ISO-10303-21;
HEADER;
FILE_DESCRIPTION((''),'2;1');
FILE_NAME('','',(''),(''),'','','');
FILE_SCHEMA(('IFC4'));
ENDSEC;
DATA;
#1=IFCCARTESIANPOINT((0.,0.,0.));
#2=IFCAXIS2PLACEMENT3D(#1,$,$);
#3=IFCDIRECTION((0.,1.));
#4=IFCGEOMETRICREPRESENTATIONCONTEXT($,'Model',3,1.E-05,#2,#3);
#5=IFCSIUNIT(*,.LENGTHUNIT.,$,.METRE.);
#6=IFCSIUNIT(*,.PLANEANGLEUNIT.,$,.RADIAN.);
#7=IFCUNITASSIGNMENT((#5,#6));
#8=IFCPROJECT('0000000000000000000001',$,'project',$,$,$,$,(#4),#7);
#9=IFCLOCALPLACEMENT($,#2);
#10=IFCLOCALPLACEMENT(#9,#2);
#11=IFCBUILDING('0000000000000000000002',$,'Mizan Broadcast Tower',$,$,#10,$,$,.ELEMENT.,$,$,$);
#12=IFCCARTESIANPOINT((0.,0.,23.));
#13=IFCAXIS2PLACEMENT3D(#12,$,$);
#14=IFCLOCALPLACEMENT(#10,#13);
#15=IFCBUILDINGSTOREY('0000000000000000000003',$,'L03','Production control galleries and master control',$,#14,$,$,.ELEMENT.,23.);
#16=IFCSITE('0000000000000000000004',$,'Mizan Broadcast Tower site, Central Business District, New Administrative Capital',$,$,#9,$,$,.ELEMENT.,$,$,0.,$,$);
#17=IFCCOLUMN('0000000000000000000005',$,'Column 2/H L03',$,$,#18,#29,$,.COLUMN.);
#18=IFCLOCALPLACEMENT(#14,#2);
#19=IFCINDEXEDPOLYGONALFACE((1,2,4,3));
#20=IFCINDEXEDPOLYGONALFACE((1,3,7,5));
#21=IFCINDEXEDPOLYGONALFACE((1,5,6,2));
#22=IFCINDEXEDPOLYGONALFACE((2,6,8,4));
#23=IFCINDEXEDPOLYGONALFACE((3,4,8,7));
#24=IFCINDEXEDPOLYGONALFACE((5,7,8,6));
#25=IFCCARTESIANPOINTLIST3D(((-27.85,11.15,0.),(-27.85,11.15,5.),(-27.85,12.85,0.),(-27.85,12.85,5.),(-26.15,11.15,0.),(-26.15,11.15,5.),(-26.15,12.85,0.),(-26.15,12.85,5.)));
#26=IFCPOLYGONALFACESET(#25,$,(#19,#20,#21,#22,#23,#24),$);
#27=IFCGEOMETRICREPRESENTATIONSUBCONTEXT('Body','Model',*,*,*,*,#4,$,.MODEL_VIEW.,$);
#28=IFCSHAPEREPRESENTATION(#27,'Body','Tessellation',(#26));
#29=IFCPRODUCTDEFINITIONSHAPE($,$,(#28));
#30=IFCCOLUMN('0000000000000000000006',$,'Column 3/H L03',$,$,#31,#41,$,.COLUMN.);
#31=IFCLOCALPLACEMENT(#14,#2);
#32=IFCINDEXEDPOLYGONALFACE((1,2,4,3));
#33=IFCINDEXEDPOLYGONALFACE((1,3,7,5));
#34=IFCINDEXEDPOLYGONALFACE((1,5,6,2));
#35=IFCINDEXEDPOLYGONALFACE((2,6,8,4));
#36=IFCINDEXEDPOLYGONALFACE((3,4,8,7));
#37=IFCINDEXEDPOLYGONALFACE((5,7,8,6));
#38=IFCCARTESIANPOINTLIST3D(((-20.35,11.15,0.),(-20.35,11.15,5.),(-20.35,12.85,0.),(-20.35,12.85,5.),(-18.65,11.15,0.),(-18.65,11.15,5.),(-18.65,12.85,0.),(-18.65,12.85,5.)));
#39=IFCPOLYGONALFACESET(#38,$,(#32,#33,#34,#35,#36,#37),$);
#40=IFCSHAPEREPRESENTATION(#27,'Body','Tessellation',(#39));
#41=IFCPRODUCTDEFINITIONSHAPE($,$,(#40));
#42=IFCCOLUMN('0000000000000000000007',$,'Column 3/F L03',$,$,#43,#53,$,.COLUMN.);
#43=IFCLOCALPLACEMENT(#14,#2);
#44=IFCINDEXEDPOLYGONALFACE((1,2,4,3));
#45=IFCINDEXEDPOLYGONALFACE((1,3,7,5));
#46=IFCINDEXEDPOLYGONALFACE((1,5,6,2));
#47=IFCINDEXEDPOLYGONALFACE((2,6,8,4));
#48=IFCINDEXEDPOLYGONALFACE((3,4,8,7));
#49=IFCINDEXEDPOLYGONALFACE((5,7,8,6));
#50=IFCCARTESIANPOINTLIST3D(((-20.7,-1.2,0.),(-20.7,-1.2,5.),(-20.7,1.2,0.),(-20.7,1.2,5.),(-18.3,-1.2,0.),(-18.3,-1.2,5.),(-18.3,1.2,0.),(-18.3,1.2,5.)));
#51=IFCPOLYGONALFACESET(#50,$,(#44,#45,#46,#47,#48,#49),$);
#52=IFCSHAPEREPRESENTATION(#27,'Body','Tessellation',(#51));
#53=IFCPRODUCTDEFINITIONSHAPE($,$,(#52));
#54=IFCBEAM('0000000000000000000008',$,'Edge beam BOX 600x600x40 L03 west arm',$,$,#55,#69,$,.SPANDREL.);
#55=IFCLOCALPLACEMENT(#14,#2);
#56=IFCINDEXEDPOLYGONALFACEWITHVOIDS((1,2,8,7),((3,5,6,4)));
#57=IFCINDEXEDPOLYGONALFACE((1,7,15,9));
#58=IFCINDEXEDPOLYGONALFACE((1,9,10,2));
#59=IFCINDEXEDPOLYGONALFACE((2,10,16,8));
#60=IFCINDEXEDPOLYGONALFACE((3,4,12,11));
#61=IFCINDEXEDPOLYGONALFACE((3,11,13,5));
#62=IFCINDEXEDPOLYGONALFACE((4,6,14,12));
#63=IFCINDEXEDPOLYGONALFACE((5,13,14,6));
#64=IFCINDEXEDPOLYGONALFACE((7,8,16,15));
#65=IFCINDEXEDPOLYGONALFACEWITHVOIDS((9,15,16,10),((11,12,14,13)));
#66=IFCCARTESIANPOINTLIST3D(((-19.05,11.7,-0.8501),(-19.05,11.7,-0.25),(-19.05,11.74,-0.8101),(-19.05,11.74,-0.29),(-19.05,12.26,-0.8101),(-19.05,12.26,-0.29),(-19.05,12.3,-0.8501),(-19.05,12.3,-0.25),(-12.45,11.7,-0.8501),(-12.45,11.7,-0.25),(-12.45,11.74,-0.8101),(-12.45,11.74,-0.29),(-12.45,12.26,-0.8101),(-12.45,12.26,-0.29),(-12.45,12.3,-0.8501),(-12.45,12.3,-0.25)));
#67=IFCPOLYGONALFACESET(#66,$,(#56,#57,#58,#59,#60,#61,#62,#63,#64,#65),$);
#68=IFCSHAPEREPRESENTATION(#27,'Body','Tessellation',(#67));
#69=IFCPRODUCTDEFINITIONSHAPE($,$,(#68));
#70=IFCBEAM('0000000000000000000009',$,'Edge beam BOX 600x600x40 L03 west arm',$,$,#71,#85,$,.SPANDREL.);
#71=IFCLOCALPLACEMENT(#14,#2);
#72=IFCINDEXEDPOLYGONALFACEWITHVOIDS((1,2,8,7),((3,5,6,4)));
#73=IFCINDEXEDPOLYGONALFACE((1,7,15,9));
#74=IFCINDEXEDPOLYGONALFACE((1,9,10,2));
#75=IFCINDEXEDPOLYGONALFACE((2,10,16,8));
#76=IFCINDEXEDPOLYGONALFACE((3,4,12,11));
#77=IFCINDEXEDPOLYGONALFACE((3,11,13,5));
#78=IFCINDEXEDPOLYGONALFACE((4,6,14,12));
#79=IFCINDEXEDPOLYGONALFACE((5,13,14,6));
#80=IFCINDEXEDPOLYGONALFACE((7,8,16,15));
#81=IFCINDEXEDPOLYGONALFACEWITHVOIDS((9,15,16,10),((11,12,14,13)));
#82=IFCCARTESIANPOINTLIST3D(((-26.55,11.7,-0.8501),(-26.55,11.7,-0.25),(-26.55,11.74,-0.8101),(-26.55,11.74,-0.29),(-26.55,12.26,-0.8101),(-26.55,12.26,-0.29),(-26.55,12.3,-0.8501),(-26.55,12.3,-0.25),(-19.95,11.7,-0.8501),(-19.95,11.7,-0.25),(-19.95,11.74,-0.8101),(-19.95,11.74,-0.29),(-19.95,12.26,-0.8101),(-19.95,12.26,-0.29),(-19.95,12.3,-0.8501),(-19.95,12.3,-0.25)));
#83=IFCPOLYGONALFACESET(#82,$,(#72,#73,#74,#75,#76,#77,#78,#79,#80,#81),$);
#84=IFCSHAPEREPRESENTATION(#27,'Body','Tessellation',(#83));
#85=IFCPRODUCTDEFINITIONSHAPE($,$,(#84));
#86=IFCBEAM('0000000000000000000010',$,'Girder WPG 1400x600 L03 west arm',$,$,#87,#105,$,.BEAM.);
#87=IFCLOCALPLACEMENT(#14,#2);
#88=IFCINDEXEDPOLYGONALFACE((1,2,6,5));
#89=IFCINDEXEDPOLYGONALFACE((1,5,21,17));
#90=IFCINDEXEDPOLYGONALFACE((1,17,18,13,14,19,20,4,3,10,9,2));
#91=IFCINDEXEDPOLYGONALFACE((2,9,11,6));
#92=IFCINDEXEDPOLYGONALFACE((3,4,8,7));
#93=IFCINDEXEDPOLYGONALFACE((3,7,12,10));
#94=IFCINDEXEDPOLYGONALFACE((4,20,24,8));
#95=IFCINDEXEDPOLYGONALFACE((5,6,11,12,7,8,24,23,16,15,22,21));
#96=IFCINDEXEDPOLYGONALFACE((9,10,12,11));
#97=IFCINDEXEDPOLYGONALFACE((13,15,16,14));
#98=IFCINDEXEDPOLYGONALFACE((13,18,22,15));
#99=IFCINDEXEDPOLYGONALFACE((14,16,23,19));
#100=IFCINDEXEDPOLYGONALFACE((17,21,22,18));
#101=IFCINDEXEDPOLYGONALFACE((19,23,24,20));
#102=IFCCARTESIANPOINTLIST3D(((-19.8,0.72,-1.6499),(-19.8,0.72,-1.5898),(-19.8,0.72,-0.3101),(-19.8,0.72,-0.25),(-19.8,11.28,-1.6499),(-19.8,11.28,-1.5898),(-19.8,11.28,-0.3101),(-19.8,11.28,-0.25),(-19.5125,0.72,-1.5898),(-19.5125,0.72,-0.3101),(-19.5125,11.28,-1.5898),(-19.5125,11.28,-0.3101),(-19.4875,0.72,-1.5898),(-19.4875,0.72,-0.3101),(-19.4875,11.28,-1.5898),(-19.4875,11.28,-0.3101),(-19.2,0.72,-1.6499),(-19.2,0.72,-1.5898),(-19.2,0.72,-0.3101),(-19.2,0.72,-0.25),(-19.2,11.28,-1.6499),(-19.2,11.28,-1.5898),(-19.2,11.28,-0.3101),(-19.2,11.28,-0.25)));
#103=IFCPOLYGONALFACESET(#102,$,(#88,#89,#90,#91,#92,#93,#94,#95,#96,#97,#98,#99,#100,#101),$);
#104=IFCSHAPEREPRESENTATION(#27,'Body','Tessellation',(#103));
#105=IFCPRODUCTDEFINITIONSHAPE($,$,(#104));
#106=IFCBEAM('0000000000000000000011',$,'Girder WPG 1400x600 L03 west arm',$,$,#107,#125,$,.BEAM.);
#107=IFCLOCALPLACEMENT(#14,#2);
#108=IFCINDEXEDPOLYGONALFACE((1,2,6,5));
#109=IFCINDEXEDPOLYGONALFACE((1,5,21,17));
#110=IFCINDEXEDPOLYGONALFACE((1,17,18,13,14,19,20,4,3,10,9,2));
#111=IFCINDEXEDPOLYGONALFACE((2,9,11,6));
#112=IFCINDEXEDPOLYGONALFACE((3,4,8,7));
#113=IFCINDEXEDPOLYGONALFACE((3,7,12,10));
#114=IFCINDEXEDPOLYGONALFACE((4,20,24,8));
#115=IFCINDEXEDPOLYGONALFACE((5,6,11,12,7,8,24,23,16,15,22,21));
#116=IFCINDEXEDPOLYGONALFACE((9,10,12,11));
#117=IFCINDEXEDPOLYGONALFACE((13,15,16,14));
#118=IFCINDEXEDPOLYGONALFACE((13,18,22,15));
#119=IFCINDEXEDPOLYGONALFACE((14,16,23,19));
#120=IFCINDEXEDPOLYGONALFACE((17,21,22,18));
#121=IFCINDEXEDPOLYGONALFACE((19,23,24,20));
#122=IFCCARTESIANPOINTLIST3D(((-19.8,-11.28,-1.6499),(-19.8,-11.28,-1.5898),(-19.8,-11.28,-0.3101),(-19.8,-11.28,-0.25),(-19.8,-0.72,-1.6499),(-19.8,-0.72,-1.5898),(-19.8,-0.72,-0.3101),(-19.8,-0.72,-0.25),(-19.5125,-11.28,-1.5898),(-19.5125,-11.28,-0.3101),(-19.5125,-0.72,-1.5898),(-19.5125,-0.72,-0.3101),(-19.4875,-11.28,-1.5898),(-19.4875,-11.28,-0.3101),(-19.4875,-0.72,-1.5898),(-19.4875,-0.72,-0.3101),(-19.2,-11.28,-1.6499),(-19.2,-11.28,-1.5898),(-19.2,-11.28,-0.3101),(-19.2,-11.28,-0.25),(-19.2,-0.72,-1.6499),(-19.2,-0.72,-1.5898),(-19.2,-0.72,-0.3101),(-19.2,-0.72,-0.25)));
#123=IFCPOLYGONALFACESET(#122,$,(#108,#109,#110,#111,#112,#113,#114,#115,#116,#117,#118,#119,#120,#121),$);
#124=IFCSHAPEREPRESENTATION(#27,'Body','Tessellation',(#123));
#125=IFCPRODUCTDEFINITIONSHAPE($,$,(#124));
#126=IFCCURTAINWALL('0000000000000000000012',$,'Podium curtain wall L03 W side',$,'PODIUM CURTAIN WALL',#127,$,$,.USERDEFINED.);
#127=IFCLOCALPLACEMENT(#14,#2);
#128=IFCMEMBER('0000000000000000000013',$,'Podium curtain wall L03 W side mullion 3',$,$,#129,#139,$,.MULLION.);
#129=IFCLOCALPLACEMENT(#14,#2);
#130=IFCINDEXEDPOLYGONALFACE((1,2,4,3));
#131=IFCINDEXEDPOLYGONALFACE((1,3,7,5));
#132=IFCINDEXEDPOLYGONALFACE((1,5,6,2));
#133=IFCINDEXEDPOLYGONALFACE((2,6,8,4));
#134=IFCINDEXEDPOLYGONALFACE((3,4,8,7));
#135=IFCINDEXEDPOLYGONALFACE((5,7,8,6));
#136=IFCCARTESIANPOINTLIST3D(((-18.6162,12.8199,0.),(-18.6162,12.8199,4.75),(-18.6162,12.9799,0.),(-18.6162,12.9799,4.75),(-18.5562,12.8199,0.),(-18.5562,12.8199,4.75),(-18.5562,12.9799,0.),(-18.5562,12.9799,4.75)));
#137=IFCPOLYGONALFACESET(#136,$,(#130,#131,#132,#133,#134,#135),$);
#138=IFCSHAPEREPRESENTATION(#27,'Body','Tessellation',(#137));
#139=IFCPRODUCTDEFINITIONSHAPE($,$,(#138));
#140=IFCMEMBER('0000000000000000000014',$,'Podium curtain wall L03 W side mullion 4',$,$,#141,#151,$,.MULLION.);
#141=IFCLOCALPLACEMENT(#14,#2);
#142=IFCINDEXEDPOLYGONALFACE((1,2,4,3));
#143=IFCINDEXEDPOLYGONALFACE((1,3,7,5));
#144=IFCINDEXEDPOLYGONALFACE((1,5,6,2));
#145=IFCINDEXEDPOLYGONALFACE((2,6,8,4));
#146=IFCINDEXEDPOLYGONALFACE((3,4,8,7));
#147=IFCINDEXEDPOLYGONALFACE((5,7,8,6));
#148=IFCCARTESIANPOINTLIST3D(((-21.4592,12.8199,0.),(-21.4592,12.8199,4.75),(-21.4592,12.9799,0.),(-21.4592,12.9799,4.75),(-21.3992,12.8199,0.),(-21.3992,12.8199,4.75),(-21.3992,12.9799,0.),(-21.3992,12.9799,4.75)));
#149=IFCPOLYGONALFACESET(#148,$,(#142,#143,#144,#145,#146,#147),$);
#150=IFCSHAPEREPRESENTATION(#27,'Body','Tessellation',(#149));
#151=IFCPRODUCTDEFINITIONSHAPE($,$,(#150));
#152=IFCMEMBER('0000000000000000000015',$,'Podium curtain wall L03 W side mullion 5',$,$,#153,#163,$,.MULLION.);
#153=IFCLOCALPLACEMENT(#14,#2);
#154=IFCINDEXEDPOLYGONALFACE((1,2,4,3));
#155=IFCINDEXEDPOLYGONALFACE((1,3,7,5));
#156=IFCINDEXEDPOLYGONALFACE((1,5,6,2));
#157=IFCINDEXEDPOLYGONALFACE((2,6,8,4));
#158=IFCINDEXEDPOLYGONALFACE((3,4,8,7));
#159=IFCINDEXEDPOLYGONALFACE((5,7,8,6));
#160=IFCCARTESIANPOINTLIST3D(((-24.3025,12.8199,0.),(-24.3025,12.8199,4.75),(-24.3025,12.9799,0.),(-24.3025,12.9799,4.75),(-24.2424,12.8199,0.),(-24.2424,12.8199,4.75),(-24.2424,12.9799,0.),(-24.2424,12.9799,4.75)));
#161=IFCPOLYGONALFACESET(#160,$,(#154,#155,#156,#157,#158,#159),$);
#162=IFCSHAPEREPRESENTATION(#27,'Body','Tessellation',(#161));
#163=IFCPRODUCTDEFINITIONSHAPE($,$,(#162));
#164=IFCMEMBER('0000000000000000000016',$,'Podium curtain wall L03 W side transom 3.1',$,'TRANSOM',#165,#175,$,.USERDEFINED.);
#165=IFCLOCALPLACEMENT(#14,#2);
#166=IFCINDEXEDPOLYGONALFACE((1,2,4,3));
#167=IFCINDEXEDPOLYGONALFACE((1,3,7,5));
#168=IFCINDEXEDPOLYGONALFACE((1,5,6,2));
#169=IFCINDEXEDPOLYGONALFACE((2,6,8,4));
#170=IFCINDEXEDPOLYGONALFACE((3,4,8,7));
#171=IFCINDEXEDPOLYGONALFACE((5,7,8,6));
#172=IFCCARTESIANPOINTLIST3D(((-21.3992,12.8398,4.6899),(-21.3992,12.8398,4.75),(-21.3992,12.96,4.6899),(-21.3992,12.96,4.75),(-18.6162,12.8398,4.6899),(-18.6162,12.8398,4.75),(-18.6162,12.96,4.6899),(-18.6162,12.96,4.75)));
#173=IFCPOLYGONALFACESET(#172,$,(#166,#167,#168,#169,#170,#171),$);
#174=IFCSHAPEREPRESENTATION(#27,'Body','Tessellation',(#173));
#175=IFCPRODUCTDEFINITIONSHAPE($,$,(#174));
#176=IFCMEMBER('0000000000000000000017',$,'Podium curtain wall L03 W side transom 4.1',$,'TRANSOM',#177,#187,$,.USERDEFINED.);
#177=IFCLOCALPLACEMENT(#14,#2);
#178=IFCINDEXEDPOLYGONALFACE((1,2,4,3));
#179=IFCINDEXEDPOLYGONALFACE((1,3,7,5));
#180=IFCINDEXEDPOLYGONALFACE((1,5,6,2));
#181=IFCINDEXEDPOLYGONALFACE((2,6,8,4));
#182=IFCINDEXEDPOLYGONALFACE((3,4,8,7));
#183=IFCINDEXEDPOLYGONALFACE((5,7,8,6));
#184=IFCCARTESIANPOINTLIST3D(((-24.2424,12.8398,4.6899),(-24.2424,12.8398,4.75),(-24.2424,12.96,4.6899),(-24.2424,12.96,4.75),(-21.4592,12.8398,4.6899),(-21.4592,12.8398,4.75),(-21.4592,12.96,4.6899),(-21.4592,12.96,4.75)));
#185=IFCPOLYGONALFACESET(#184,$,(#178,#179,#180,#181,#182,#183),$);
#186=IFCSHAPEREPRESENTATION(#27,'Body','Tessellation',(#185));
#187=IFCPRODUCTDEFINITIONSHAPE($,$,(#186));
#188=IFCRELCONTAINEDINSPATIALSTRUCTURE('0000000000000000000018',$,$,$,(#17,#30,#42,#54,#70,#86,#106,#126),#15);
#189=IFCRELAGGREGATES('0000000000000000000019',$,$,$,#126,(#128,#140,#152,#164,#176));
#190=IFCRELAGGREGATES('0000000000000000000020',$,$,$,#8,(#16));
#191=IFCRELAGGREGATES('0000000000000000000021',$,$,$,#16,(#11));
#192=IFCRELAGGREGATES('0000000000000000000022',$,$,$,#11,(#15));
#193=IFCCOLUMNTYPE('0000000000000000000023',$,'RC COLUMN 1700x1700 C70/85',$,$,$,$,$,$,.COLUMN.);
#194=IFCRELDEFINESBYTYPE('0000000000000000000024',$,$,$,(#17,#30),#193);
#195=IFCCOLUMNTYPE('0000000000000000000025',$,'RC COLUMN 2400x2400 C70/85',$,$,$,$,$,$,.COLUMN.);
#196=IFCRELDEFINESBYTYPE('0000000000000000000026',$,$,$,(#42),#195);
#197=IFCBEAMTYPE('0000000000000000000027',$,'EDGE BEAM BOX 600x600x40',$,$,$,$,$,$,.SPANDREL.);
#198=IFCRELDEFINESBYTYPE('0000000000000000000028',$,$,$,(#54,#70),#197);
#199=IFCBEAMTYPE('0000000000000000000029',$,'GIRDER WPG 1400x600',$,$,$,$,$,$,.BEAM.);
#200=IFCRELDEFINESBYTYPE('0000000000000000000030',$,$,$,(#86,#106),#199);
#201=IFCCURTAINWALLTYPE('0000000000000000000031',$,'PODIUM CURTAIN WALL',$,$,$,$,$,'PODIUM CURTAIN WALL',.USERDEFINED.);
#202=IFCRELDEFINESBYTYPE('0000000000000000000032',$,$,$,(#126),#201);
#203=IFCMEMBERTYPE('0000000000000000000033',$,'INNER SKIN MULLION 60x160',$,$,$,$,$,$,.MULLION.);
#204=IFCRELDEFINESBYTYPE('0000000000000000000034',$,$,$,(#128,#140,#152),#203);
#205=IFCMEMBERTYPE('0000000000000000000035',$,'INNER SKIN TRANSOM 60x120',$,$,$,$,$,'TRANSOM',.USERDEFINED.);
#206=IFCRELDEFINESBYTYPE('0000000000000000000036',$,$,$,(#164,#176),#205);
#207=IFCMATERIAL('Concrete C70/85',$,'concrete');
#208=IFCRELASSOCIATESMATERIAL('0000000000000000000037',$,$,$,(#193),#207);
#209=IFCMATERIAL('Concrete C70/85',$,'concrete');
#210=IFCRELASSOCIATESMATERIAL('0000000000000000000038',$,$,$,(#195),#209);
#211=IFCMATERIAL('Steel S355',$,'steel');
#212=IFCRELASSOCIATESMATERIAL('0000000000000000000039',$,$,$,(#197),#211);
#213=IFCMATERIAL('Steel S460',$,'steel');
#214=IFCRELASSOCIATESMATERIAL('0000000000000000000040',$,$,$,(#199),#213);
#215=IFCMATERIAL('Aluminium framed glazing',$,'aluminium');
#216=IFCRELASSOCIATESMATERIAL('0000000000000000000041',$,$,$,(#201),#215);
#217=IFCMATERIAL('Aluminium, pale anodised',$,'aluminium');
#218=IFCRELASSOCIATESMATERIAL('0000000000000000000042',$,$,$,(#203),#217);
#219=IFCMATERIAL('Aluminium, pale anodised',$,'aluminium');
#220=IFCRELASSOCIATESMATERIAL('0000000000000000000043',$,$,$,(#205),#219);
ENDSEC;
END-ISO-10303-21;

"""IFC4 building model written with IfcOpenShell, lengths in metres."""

from ifc_helpers import new_model, si_unit, direction, frame, origin, origin_2d, place, context, subcontext, project, spatial, rectangle, hollow_rectangle, i_section, extrude, material, material_profile, profile_set, type_object, element, aggregate, save


model = new_model("IFC4")

# Units and contexts
model_context = context("Model", 3, precision=1e-05, world=origin(), true_north=direction((0.0, 1.0)))
body_context = subcontext(model_context, "Body", "Model", "MODEL_VIEW")
ifc_project = project(units=[si_unit("LENGTHUNIT", "METRE"), si_unit("PLANEANGLEUNIT", "RADIAN")], contexts=[model_context])

# Site, building, storey
site_placement = place(None, origin())
site = spatial("IfcSite", under=ifc_project, at=site_placement, Name="Mizan Broadcast Tower site, Central Business District, New Administrative Capital", CompositionType="ELEMENT", RefElevation=0.0)
building_placement = place(site_placement, origin())
building = spatial("IfcBuilding", under=site, at=building_placement, Name="Mizan Broadcast Tower", CompositionType="ELEMENT")
storey_placement = place(building_placement, frame((0.0, 0.0, 23.0)))
storey = spatial("IfcBuildingStorey", under=building, at=storey_placement, Name="L03", Description="Production control galleries and master control", CompositionType="ELEMENT", Elevation=23.0)

# Columns
ifc_material_1 = material(Name="Concrete C70/85", Category="concrete")
ifc_material_profile_1 = material_profile(ifc_material_1, rectangle(XDim=1.7, YDim=1.7, at=origin_2d()), Name="RC 1700x1700")
ifc_profile_set_1 = profile_set([ifc_material_profile_1], Name="Concrete C70/85")
column_type_1 = type_object("IfcColumnType", Name="RC COLUMN 1700x1700 C70/85", PredefinedType="COLUMN", material=ifc_profile_set_1)
for number, where, z_axis, x_axis, name in (
    (1, (-27.0, 12.0, 0.0), (0.0, 0.0, 1.0), (1.0, 0.0, 0.0), "Column 2/H L03"),
    (2, (-19.5, 12.0, 0.0), (0.0, 0.0, 1.0), (1.0, 0.0, 0.0), "Column 3/H L03"),
):
    element("IfcColumn", number, at=place(storey_placement, frame(where, z_axis=z_axis, x_axis=x_axis)), inside=storey, type_object=column_type_1, Name=name, PredefinedType="COLUMN", context=body_context, shape_type="SweptSolid", body=[
        extrude(rectangle(XDim=1.7, YDim=1.7, at=origin_2d()), origin(), (0.0, 0.0, 1.0), 5.0),
    ])
ifc_material_2 = material(Name="Concrete C70/85", Category="concrete")
ifc_material_profile_2 = material_profile(ifc_material_2, rectangle(XDim=2.3999, YDim=2.3999, at=origin_2d()), Name="RC 2400x2400")
ifc_profile_set_2 = profile_set([ifc_material_profile_2], Name="Concrete C70/85")
column_type_2 = type_object("IfcColumnType", Name="RC COLUMN 2400x2400 C70/85", PredefinedType="COLUMN", material=ifc_profile_set_2)
column_placement = place(storey_placement, frame((-19.5, 0.0, 0.0), z_axis=(0.0, 0.0, 1.0), x_axis=(1.0, 0.0, 0.0)))
element("IfcColumn", 3, at=column_placement, inside=storey, type_object=column_type_2, Name="Column 3/F L03", PredefinedType="COLUMN", context=body_context, shape_type="SweptSolid", body=[
    extrude(rectangle(XDim=2.3999, YDim=2.3999, at=origin_2d()), origin(), (0.0, 0.0, 1.0), 5.0),
])

# Beams
ifc_material_3 = material(Name="Steel S355", Category="steel")
ifc_material_profile_3 = material_profile(ifc_material_3, hollow_rectangle(XDim=0.6001, YDim=0.6001, WallThickness=0.04, at=origin_2d()), Name="BOX 600x600x40")
ifc_profile_set_3 = profile_set([ifc_material_profile_3], Name="Steel S355")
beam_type_1 = type_object("IfcBeamType", Name="EDGE BEAM BOX 600x600x40", PredefinedType="SPANDREL", material=ifc_profile_set_3)
for number, where, z_axis, x_axis, name in (
    (4, (-12.45, 12.0, -0.55), (-1.0, 0.0, 0.0), (0.0, -1.0, 0.0), "Edge beam BOX 600x600x40 L03 west arm"),
    (5, (-19.95, 12.0, -0.55), (-1.0, 0.0, 0.0), (0.0, -1.0, 0.0), "Edge beam BOX 600x600x40 L03 west arm"),
):
    element("IfcBeam", number, at=place(storey_placement, frame(where, z_axis=z_axis, x_axis=x_axis)), inside=storey, type_object=beam_type_1, Name=name, PredefinedType="SPANDREL", context=body_context, shape_type="SweptSolid", body=[
        extrude(hollow_rectangle(XDim=0.6001, YDim=0.6001, WallThickness=0.04, at=origin_2d()), origin(), (0.0, 0.0, 1.0), 6.6001),
    ])
ifc_material_4 = material(Name="Steel S460", Category="steel")
ifc_material_profile_4 = material_profile(ifc_material_4, i_section(OverallWidth=0.6001, OverallDepth=1.3999, WebThickness=0.0249, FlangeThickness=0.0601, at=origin_2d()), Name="WPG 1400x600")
ifc_profile_set_4 = profile_set([ifc_material_profile_4], Name="Steel S460")
beam_type_2 = type_object("IfcBeamType", Name="GIRDER WPG 1400x600", PredefinedType="BEAM", material=ifc_profile_set_4)
for number, where, z_axis, x_axis, name in (
    (6, (-19.5, 11.28, -0.95), (0.0, -1.0, 0.0), (1.0, 0.0, 0.0), "Girder WPG 1400x600 L03 west arm"),
    (7, (-19.5, -0.72, -0.95), (0.0, -1.0, 0.0), (1.0, 0.0, 0.0), "Girder WPG 1400x600 L03 west arm"),
):
    element("IfcBeam", number, at=place(storey_placement, frame(where, z_axis=z_axis, x_axis=x_axis)), inside=storey, type_object=beam_type_2, Name=name, PredefinedType="BEAM", context=body_context, shape_type="SweptSolid", body=[
        extrude(i_section(OverallWidth=0.6001, OverallDepth=1.3999, WebThickness=0.0249, FlangeThickness=0.0601, at=origin_2d()), origin(), (0.0, 0.0, 1.0), 10.5601),
    ])

# Curtain wall, members
ifc_material_5 = material(Name="Aluminium framed glazing", Category="aluminium")
curtain_wall_type = type_object("IfcCurtainWallType", Name="PODIUM CURTAIN WALL", ElementType="PODIUM CURTAIN WALL", PredefinedType="USERDEFINED", material=ifc_material_5)
curtain_wall_placement = place(storey_placement, origin())
curtain_wall = element("IfcCurtainWall", 8, at=curtain_wall_placement, inside=storey, type_object=curtain_wall_type, Name="Podium curtain wall L03 W side", ObjectType="PODIUM CURTAIN WALL", PredefinedType="USERDEFINED")
ifc_material_6 = material(Name="Aluminium, pale anodised", Category="aluminium")
ifc_material_profile_5 = material_profile(ifc_material_6, rectangle(XDim=0.1599, YDim=0.0601, at=origin_2d()), Name="MULLION 160x60")
ifc_profile_set_5 = profile_set([ifc_material_profile_5], Name="Aluminium, pale anodised")
member_type_1 = type_object("IfcMemberType", Name="INNER SKIN MULLION 60x160", PredefinedType="MULLION", material=ifc_profile_set_5)
member_1_placement = place(storey_placement, frame((-18.5862, 12.8999, 0.0), z_axis=(0.0, 0.0, 1.0), x_axis=(0.0, -1.0, 0.0)))
member_1 = element("IfcMember", 9, at=member_1_placement, type_object=member_type_1, Name="Podium curtain wall L03 W side mullion 3", PredefinedType="MULLION", context=body_context, shape_type="SweptSolid", body=[
    extrude(rectangle(XDim=0.1599, YDim=0.0601, at=origin_2d()), origin(), (0.0, 0.0, 1.0), 4.75),
])
member_2_placement = place(storey_placement, frame((-21.4292, 12.8999, 0.0), z_axis=(0.0, 0.0, 1.0), x_axis=(0.0, -1.0, 0.0)))
member_2 = element("IfcMember", 10, at=member_2_placement, type_object=member_type_1, Name="Podium curtain wall L03 W side mullion 4", PredefinedType="MULLION", context=body_context, shape_type="SweptSolid", body=[
    extrude(rectangle(XDim=0.1599, YDim=0.0601, at=origin_2d()), origin(), (0.0, 0.0, 1.0), 4.75),
])
member_3_placement = place(storey_placement, frame((-24.2725, 12.8999, 0.0), z_axis=(0.0, 0.0, 1.0), x_axis=(0.0, -1.0, 0.0)))
member_3 = element("IfcMember", 11, at=member_3_placement, type_object=member_type_1, Name="Podium curtain wall L03 W side mullion 5", PredefinedType="MULLION", context=body_context, shape_type="SweptSolid", body=[
    extrude(rectangle(XDim=0.1599, YDim=0.0601, at=origin_2d()), origin(), (0.0, 0.0, 1.0), 4.75),
])
ifc_material_7 = material(Name="Aluminium, pale anodised", Category="aluminium")
ifc_material_profile_6 = material_profile(ifc_material_7, rectangle(XDim=0.1201, YDim=0.0601, at=origin_2d()), Name="TRANSOM 120x60")
ifc_profile_set_6 = profile_set([ifc_material_profile_6], Name="Aluminium, pale anodised")
member_type_2 = type_object("IfcMemberType", Name="INNER SKIN TRANSOM 60x120", ElementType="TRANSOM", PredefinedType="USERDEFINED", material=ifc_profile_set_6)
member_4_placement = place(storey_placement, frame((-18.6162, 12.8999, 4.72), z_axis=(-1.0, 0.0, 0.0), x_axis=(0.0, -1.0, 0.0)))
member_4 = element("IfcMember", 12, at=member_4_placement, type_object=member_type_2, Name="Podium curtain wall L03 W side transom 3.1", ObjectType="TRANSOM", PredefinedType="USERDEFINED", context=body_context, shape_type="SweptSolid", body=[
    extrude(rectangle(XDim=0.1201, YDim=0.0601, at=origin_2d()), origin(), (0.0, 0.0, 1.0), 2.783),
])
member_5_placement = place(storey_placement, frame((-21.4592, 12.8999, 4.72), z_axis=(-1.0, 0.0, 0.0), x_axis=(0.0, -1.0, 0.0)))
member_5 = element("IfcMember", 13, at=member_5_placement, type_object=member_type_2, Name="Podium curtain wall L03 W side transom 4.1", ObjectType="TRANSOM", PredefinedType="USERDEFINED", context=body_context, shape_type="SweptSolid", body=[
    extrude(rectangle(XDim=0.1201, YDim=0.0601, at=origin_2d()), origin(), (0.0, 0.0, 1.0), 2.7832),
])

aggregate(curtain_wall, [member_1, member_2, member_3, member_4, member_5])

save(model, "model.ifc")
